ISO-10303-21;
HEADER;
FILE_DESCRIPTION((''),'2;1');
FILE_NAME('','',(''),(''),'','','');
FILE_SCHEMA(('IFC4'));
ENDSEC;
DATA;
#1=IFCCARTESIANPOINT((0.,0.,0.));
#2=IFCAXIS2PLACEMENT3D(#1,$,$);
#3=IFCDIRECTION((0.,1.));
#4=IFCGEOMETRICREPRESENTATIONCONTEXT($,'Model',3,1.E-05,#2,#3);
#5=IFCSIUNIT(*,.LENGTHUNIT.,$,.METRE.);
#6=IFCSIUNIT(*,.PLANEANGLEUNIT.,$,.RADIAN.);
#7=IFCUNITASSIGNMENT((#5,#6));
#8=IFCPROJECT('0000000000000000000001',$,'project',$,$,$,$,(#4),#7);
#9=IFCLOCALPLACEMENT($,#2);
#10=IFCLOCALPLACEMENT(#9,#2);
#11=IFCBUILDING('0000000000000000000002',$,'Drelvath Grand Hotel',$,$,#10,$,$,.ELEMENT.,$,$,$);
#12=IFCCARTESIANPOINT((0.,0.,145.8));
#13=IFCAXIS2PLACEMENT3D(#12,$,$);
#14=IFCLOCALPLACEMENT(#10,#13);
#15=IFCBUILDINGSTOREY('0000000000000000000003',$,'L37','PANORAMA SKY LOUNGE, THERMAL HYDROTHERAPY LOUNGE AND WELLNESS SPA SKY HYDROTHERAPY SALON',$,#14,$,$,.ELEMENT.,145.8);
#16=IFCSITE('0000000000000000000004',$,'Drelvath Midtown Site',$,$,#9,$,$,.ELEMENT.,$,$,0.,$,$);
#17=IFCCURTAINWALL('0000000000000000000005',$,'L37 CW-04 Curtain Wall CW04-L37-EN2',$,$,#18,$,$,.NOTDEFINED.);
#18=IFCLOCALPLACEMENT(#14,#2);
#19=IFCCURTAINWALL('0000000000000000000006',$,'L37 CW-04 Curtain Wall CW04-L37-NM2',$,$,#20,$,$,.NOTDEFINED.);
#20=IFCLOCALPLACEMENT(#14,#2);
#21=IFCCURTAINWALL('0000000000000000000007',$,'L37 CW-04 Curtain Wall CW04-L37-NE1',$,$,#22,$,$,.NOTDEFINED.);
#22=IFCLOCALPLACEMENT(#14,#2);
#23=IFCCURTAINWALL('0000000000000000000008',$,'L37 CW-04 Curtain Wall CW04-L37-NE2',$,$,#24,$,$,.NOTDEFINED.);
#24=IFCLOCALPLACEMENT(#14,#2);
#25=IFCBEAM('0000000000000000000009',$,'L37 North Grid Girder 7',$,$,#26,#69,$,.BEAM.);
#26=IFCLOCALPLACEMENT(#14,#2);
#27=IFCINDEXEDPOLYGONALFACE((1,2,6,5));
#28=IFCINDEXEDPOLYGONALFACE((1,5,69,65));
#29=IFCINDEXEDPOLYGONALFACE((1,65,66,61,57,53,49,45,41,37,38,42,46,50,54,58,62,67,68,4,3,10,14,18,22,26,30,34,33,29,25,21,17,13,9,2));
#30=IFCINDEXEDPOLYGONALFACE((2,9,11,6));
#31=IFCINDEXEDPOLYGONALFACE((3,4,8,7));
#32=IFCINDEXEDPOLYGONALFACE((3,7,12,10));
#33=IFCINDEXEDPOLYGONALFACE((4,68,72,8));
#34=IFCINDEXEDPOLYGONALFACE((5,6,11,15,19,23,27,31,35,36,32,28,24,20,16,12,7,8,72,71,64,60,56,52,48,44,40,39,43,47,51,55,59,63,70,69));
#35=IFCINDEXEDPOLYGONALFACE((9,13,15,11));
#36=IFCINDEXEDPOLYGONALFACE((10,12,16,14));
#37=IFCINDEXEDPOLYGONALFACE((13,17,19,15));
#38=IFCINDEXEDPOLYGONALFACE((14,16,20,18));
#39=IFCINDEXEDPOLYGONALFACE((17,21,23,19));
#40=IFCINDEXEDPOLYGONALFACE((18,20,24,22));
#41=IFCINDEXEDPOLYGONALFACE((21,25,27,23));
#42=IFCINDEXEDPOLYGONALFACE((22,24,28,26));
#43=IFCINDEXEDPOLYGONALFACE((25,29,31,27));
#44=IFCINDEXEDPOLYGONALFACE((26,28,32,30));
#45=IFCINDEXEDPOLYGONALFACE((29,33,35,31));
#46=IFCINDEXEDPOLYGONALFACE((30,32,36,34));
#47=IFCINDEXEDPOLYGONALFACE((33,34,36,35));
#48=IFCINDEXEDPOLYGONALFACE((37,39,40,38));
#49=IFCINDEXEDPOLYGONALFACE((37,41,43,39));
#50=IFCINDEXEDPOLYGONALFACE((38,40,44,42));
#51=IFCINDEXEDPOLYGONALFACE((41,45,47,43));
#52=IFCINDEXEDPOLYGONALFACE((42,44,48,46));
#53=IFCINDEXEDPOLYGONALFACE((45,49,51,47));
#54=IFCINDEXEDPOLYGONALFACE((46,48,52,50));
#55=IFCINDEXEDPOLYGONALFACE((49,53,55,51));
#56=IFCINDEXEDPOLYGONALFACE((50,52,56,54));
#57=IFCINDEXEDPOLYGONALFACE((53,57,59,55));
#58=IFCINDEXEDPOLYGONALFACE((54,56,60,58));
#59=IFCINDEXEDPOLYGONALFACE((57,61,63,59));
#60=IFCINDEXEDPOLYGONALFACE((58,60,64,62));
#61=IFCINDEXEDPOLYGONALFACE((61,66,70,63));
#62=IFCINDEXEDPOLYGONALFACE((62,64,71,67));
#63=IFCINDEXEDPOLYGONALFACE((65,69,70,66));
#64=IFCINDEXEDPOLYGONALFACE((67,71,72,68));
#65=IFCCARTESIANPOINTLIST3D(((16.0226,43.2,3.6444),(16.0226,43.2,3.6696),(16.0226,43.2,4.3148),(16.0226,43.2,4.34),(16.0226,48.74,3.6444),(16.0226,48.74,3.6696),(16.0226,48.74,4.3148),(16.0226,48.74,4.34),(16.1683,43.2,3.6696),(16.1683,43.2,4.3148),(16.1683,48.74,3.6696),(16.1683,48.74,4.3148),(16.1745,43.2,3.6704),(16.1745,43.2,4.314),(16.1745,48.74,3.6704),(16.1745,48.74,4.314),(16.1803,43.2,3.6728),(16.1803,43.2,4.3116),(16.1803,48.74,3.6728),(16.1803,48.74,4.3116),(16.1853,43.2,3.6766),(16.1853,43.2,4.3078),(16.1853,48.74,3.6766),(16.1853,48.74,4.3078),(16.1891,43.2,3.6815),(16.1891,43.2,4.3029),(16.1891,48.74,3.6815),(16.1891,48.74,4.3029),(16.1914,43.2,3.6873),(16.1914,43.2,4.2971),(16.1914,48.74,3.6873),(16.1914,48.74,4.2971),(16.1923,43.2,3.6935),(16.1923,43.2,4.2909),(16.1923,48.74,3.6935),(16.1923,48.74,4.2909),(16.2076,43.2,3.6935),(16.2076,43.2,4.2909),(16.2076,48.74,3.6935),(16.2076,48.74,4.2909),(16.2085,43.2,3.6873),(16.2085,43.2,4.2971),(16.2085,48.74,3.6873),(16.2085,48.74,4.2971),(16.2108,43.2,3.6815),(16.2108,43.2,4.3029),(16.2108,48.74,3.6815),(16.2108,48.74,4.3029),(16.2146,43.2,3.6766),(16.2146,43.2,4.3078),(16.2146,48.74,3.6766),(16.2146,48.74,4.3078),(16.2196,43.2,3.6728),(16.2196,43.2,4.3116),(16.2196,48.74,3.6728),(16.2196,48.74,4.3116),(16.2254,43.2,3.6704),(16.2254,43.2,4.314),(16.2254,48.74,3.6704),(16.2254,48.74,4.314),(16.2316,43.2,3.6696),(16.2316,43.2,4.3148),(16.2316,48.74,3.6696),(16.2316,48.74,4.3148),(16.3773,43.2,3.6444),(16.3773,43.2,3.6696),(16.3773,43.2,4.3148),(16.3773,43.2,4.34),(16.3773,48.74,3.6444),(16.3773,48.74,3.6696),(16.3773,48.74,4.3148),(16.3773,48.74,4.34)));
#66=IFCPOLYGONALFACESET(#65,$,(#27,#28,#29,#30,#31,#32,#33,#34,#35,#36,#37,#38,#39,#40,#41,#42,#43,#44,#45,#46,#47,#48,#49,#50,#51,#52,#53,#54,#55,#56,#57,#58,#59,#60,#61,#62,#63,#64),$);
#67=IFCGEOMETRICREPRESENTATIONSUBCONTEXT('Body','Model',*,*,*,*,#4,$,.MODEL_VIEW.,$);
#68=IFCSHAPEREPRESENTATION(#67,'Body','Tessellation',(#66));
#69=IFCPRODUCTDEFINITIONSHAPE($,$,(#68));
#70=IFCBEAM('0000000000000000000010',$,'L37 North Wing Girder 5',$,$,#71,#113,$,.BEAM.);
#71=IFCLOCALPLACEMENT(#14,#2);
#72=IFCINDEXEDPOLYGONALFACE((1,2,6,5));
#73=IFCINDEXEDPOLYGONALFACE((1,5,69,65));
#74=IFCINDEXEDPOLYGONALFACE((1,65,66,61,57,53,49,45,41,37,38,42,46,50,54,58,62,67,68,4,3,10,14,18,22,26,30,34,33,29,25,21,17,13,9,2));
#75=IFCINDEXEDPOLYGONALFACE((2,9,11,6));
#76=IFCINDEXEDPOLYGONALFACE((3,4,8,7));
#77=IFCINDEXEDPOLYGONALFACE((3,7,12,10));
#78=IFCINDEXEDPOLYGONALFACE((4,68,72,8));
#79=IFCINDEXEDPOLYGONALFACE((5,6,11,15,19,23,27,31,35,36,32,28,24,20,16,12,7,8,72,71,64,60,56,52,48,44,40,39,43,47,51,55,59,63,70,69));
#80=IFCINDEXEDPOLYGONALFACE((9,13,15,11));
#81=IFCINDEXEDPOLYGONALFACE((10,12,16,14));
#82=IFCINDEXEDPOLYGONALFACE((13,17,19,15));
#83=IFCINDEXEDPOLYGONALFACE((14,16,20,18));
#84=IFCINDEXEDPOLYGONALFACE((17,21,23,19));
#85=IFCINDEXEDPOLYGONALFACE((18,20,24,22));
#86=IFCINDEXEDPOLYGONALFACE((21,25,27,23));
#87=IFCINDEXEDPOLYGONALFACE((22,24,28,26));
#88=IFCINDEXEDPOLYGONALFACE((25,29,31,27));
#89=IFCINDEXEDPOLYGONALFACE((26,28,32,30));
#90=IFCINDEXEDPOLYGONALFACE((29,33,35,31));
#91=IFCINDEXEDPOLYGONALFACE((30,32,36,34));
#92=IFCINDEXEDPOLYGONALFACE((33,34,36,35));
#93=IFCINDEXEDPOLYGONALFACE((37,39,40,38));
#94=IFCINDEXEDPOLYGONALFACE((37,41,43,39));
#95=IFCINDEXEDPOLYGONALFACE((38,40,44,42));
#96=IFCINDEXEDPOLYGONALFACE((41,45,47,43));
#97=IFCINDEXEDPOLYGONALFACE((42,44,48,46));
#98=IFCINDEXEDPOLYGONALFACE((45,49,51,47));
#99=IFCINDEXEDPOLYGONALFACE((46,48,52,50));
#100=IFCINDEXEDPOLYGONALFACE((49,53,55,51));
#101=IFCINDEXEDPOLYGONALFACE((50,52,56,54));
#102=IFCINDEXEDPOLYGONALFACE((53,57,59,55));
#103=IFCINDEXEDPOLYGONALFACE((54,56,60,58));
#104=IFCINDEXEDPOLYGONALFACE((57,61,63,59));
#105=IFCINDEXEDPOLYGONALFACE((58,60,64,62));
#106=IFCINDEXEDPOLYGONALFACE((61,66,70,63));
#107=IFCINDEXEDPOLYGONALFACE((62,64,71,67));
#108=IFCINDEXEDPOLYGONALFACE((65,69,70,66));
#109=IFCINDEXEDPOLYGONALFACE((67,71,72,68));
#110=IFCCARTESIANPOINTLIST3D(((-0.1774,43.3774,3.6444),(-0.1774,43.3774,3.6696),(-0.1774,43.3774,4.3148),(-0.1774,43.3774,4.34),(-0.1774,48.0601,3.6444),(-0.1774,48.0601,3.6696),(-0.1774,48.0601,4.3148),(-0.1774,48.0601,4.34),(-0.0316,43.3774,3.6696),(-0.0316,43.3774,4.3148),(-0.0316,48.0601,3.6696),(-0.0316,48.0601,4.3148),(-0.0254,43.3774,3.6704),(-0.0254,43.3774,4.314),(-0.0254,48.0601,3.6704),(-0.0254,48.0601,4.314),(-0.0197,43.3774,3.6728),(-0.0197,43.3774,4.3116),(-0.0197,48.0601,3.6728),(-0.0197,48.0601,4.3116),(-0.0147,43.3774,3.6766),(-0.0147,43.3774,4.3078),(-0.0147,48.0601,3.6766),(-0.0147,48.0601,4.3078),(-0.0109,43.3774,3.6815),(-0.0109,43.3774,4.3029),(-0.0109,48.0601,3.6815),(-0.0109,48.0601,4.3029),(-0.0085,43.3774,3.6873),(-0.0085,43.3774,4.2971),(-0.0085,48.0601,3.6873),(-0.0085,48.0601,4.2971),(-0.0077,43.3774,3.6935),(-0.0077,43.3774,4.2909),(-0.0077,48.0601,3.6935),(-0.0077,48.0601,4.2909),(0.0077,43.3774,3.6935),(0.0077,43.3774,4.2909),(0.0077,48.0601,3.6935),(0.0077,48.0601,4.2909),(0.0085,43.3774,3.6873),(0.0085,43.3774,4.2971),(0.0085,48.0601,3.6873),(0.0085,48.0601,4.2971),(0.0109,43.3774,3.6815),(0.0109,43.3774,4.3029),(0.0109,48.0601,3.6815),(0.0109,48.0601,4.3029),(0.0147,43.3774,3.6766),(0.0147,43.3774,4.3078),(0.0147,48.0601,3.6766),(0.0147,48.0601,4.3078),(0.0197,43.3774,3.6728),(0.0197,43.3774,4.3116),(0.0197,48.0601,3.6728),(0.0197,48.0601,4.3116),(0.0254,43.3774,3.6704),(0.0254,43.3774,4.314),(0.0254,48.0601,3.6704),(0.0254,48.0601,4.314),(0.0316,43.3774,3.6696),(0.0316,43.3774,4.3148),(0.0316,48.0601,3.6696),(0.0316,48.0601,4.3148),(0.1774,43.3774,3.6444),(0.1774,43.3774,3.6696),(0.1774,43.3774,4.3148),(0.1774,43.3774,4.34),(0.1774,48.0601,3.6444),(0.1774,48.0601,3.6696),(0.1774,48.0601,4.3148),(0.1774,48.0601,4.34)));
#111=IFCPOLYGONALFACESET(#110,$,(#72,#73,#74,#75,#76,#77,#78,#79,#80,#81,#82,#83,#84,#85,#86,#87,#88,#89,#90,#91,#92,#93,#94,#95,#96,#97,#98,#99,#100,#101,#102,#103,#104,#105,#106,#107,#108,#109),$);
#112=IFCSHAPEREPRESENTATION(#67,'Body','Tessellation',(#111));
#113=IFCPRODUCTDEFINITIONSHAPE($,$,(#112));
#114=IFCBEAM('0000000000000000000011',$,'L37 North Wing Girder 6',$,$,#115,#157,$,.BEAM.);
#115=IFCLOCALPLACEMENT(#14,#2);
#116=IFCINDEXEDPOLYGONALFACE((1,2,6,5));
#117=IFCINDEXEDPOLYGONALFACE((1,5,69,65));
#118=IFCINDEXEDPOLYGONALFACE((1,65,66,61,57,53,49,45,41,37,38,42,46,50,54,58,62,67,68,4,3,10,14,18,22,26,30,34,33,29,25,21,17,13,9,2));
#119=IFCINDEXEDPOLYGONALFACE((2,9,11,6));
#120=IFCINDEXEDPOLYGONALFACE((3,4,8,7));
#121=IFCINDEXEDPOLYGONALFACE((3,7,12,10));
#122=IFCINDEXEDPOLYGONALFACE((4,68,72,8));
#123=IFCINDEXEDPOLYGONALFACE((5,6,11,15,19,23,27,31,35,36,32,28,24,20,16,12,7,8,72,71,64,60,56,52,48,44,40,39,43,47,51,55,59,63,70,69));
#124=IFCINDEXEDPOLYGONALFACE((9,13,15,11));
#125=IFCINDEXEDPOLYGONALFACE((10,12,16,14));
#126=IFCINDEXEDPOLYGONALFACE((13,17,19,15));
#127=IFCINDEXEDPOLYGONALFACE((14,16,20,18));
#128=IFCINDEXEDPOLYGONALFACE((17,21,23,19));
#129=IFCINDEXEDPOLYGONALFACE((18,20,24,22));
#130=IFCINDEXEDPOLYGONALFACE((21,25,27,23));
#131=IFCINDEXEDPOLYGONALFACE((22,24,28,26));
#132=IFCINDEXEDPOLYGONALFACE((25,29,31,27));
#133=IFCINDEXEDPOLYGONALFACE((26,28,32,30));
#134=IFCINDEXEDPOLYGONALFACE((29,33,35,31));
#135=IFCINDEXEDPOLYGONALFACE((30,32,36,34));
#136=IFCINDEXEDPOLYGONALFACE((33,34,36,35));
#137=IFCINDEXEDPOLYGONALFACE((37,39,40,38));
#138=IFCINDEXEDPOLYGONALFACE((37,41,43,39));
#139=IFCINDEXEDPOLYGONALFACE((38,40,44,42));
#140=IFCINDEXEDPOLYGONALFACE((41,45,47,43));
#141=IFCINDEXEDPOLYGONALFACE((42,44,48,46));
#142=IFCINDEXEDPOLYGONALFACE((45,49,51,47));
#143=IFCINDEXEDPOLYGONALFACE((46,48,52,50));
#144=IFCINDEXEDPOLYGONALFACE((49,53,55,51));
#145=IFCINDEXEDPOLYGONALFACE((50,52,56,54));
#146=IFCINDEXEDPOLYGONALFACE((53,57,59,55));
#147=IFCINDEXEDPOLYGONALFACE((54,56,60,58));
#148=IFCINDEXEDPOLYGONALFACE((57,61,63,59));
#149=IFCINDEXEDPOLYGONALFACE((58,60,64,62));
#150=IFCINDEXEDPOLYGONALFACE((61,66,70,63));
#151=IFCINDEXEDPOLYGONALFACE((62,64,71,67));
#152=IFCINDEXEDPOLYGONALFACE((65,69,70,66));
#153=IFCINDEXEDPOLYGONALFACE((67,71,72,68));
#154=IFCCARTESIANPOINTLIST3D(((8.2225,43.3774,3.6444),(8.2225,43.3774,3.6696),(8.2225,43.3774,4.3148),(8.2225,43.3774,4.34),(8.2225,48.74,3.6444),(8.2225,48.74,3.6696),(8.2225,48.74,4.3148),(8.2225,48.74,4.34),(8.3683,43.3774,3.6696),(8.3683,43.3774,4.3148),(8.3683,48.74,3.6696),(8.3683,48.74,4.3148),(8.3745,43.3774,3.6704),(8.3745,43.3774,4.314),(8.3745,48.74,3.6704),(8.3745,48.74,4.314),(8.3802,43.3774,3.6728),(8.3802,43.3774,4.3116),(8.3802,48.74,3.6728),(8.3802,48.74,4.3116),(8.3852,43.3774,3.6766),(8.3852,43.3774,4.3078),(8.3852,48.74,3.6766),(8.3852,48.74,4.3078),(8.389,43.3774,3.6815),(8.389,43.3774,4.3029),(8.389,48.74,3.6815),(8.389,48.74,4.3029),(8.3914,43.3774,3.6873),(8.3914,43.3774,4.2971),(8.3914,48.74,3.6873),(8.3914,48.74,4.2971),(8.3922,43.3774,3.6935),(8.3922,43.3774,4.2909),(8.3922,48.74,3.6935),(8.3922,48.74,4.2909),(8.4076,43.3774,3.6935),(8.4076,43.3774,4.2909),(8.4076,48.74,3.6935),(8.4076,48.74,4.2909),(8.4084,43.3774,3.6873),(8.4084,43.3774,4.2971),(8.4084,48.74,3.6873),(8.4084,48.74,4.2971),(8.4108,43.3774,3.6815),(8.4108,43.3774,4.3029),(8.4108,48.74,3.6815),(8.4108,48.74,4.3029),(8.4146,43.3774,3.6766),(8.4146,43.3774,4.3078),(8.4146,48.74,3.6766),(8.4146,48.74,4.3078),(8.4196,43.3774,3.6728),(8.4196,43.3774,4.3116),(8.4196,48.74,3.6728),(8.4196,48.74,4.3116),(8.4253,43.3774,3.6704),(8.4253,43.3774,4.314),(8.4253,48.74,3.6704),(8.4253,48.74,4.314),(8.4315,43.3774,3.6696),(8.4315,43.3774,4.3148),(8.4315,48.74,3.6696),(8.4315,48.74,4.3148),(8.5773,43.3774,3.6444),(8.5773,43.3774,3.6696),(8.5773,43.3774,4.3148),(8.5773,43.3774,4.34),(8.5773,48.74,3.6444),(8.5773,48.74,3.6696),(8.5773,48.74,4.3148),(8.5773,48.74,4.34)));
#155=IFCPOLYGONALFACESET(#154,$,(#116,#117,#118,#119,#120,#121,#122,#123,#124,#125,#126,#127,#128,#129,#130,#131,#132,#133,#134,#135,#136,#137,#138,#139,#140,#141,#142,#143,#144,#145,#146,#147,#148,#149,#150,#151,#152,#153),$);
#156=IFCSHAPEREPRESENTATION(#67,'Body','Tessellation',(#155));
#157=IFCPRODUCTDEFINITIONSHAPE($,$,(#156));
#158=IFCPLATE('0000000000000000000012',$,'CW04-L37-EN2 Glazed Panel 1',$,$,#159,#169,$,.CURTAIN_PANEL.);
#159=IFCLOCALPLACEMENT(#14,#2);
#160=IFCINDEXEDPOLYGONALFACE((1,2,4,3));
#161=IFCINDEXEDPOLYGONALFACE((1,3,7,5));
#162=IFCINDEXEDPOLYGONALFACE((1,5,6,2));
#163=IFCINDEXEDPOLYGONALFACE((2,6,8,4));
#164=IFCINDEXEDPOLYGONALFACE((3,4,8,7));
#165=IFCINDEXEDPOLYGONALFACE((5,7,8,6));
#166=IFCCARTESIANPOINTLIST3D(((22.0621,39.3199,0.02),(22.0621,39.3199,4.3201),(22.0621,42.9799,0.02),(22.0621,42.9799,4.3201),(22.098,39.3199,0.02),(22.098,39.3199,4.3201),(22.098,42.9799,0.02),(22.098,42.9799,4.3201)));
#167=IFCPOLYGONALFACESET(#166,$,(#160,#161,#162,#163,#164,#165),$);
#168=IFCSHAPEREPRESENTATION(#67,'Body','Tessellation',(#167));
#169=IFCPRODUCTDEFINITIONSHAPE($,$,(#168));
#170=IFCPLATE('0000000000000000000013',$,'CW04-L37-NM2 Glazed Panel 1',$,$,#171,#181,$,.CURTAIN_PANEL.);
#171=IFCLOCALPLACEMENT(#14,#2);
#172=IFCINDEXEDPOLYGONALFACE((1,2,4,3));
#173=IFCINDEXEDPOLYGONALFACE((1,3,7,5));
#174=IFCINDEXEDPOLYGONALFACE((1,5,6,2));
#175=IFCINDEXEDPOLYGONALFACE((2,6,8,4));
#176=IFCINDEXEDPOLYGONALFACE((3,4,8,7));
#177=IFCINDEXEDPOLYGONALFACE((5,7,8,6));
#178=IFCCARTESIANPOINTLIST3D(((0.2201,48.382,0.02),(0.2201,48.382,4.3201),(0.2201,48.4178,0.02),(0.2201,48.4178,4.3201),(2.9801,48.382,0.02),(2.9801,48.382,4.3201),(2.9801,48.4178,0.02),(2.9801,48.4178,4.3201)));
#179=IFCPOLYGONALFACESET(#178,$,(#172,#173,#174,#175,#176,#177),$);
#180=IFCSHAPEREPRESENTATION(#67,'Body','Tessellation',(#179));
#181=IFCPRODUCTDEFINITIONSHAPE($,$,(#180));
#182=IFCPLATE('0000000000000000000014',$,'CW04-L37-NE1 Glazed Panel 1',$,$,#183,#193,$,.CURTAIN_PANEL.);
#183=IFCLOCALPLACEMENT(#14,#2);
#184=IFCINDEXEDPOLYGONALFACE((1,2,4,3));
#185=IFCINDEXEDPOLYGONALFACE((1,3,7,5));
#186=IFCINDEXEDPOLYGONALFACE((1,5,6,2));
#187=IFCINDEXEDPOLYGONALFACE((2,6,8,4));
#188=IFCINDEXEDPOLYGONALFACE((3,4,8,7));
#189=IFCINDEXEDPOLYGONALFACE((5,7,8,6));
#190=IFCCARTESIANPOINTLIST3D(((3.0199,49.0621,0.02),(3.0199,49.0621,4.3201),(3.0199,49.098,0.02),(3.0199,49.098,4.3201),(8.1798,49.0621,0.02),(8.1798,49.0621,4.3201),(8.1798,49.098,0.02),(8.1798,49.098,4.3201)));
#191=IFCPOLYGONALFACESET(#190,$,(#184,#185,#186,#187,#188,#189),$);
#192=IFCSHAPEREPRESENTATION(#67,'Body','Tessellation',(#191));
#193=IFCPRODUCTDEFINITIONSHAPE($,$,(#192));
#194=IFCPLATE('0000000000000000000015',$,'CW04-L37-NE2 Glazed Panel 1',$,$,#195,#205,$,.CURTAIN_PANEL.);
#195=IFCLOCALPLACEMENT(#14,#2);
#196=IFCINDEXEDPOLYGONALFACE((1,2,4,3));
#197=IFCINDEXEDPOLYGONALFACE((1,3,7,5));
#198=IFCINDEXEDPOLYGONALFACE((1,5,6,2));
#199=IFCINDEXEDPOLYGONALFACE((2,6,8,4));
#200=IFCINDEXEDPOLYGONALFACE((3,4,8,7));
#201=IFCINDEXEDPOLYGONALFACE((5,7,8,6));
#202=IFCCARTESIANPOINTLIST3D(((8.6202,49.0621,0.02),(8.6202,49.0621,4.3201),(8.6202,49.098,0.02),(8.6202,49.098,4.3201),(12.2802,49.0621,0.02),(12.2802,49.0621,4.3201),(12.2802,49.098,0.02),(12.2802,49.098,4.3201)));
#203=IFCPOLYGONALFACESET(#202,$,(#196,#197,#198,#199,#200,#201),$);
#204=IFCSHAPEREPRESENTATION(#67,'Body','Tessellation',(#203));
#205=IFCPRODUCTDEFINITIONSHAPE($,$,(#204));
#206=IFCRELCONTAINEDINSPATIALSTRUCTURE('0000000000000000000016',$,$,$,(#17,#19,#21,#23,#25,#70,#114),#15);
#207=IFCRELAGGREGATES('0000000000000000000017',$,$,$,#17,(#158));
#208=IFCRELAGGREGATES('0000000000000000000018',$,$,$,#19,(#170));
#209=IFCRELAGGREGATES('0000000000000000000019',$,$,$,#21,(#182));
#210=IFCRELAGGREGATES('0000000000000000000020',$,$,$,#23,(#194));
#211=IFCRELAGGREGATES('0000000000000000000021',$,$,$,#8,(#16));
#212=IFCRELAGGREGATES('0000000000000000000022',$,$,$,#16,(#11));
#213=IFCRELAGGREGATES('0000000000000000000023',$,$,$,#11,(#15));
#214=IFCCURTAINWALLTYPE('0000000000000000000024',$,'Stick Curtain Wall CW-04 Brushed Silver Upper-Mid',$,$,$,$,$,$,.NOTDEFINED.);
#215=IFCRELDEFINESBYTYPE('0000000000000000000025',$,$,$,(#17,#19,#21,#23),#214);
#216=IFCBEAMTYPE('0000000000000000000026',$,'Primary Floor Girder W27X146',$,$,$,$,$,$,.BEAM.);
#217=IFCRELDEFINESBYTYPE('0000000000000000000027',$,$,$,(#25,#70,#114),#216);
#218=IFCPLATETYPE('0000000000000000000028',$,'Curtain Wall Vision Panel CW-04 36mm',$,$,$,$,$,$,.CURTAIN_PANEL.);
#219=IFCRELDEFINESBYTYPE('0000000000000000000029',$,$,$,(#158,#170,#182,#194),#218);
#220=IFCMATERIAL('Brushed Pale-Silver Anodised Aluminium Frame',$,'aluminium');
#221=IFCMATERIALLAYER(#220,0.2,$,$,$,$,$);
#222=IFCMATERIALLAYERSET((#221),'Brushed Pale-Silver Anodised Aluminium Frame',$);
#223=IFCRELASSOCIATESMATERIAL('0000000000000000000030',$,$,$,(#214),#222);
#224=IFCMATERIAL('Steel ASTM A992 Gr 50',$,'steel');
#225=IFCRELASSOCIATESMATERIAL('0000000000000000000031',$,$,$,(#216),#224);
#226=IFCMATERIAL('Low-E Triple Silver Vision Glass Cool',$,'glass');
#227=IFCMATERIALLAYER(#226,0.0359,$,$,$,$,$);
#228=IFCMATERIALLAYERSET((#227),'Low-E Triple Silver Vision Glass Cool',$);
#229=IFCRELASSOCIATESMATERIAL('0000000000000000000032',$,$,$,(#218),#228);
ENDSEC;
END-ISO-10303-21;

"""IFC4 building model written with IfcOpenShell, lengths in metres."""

from ifc_helpers import new_model, si_unit, direction, frame, origin, origin_2d, place, context, subcontext, project, spatial, rectangle, i_section, extrude, material, layer, layer_set, material_profile, profile_set, type_object, element, aggregate, save


model = new_model("IFC4")

# Units and contexts
model_context = context("Model", 3, precision=1e-05, world=origin(), true_north=direction((0.0, 1.0)))
body_context = subcontext(model_context, "Body", "Model", "MODEL_VIEW")
ifc_project = project(units=[si_unit("LENGTHUNIT", "METRE"), si_unit("PLANEANGLEUNIT", "RADIAN")], contexts=[model_context])

# Site, building, storey
site_placement = place(None, origin())
site = spatial("IfcSite", under=ifc_project, at=site_placement, Name="Drelvath Midtown Site", CompositionType="ELEMENT", RefElevation=0.0)
building_placement = place(site_placement, origin())
building = spatial("IfcBuilding", under=site, at=building_placement, Name="Drelvath Grand Hotel", CompositionType="ELEMENT")
storey_placement = place(building_placement, frame((0.0, 0.0, 145.8)))
storey = spatial("IfcBuildingStorey", under=building, at=storey_placement, Name="L37", Description="PANORAMA SKY LOUNGE, THERMAL HYDROTHERAPY LOUNGE AND WELLNESS SPA SKY HYDROTHERAPY SALON", CompositionType="ELEMENT", Elevation=145.8)

# Curtain walls
ifc_material_1 = material(Name="Brushed Pale-Silver Anodised Aluminium Frame", Category="aluminium")
ifc_layer_1 = layer(ifc_material_1, 0.2)
ifc_layer_set_1 = layer_set([ifc_layer_1], Name="Brushed Pale-Silver Anodised Aluminium Frame")
curtain_wall_type = type_object("IfcCurtainWallType", Name="Stick Curtain Wall CW-04 Brushed Silver Upper-Mid", PredefinedType="NOTDEFINED", material=ifc_layer_set_1)
curtain_wall_1_placement = place(storey_placement, origin())
curtain_wall_1 = element("IfcCurtainWall", 1, at=curtain_wall_1_placement, inside=storey, type_object=curtain_wall_type, Name="L37 CW-04 Curtain Wall CW04-L37-EN2", PredefinedType="NOTDEFINED")
curtain_wall_2_placement = place(storey_placement, origin())
curtain_wall_2 = element("IfcCurtainWall", 2, at=curtain_wall_2_placement, inside=storey, type_object=curtain_wall_type, Name="L37 CW-04 Curtain Wall CW04-L37-NM2", PredefinedType="NOTDEFINED")
curtain_wall_3_placement = place(storey_placement, origin())
curtain_wall_3 = element("IfcCurtainWall", 3, at=curtain_wall_3_placement, inside=storey, type_object=curtain_wall_type, Name="L37 CW-04 Curtain Wall CW04-L37-NE1", PredefinedType="NOTDEFINED")
curtain_wall_4_placement = place(storey_placement, origin())
curtain_wall_4 = element("IfcCurtainWall", 4, at=curtain_wall_4_placement, inside=storey, type_object=curtain_wall_type, Name="L37 CW-04 Curtain Wall CW04-L37-NE2", PredefinedType="NOTDEFINED")

# Beams
ifc_material_2 = material(Name="Steel ASTM A992 Gr 50", Category="steel")
ifc_material_profile_1 = material_profile(ifc_material_2, i_section(OverallWidth=0.3547, OverallDepth=0.6956, WebThickness=0.0154, FlangeThickness=0.0251, FilletRadius=0.0239, at=origin_2d()), Name="W27X146")
ifc_profile_set_1 = profile_set([ifc_material_profile_1], Name="Steel ASTM A992 Gr 50")
beam_type_1 = type_object("IfcBeamType", Name="Primary Floor Girder W27X146", PredefinedType="BEAM", material=ifc_profile_set_1)
for number, where, z_axis, x_axis, name in (
    (5, (16.2, 43.2, 3.9922), (0.0, 1.0, 0.0), (-1.0, 0.0, 0.0), "L37 North Grid Girder 7"),
):
    element("IfcBeam", number, at=place(storey_placement, frame(where, z_axis=z_axis, x_axis=x_axis)), inside=storey, type_object=beam_type_1, Name=name, PredefinedType="BEAM", context=body_context, shape_type="SweptSolid", body=[
        extrude(i_section(OverallWidth=0.3547, OverallDepth=0.6956, WebThickness=0.0154, FlangeThickness=0.0251, FilletRadius=0.0239, at=origin_2d()), origin(), (0.0, 0.0, 1.0), 5.54),
    ])
beam_1_placement = place(storey_placement, frame((0.0, 43.3774, 3.9922), z_axis=(0.0, 1.0, 0.0), x_axis=(-1.0, 0.0, 0.0)))
element("IfcBeam", 6, at=beam_1_placement, inside=storey, type_object=beam_type_1, Name="L37 North Wing Girder 5", PredefinedType="BEAM", context=body_context, shape_type="SweptSolid", body=[
    extrude(i_section(OverallWidth=0.3547, OverallDepth=0.6956, WebThickness=0.0154, FlangeThickness=0.0251, FilletRadius=0.0239, at=origin_2d()), origin(), (0.0, 0.0, 1.0), 4.6826),
])
beam_2_placement = place(storey_placement, frame((8.3999, 43.3774, 3.9922), z_axis=(0.0, 1.0, 0.0), x_axis=(-1.0, 0.0, 0.0)))
element("IfcBeam", 7, at=beam_2_placement, inside=storey, type_object=beam_type_1, Name="L37 North Wing Girder 6", PredefinedType="BEAM", context=body_context, shape_type="SweptSolid", body=[
    extrude(i_section(OverallWidth=0.3547, OverallDepth=0.6956, WebThickness=0.0154, FlangeThickness=0.0251, FilletRadius=0.0239, at=origin_2d()), origin(), (0.0, 0.0, 1.0), 5.3625),
])

# Plates
ifc_material_3 = material(Name="Low-E Triple Silver Vision Glass Cool", Category="glass")
ifc_layer_2 = layer(ifc_material_3, 0.0359)
ifc_layer_set_2 = layer_set([ifc_layer_2], Name="Low-E Triple Silver Vision Glass Cool")
plate_type = type_object("IfcPlateType", Name="Curtain Wall Vision Panel CW-04 36mm", PredefinedType="CURTAIN_PANEL", material=ifc_layer_set_2)
plate_1_placement = place(storey_placement, frame((22.0801, 41.1499, 0.02), z_axis=(0.0, 0.0, 1.0), x_axis=(0.0, -1.0, 0.0)))
plate_1 = element("IfcPlate", 8, at=plate_1_placement, type_object=plate_type, Name="CW04-L37-EN2 Glazed Panel 1", PredefinedType="CURTAIN_PANEL", context=body_context, shape_type="SweptSolid", body=[
    extrude(rectangle(XDim=3.6599, YDim=0.0359, at=origin_2d()), origin(), (0.0, 0.0, 1.0), 4.3),
])
aggregate(curtain_wall_1, [plate_1])
plate_2_placement = place(storey_placement, frame((1.6001, 48.3999, 0.02), z_axis=(0.0, 0.0, 1.0), x_axis=(1.0, 0.0, 0.0)))
plate_2 = element("IfcPlate", 9, at=plate_2_placement, type_object=plate_type, Name="CW04-L37-NM2 Glazed Panel 1", PredefinedType="CURTAIN_PANEL", context=body_context, shape_type="SweptSolid", body=[
    extrude(rectangle(XDim=2.76, YDim=0.0359, at=origin_2d()), origin(), (0.0, 0.0, 1.0), 4.3),
])
aggregate(curtain_wall_2, [plate_2])
plate_3_placement = place(storey_placement, frame((5.5999, 49.0801, 0.02), z_axis=(0.0, 0.0, 1.0), x_axis=(1.0, 0.0, 0.0)))
plate_3 = element("IfcPlate", 10, at=plate_3_placement, type_object=plate_type, Name="CW04-L37-NE1 Glazed Panel 1", PredefinedType="CURTAIN_PANEL", context=body_context, shape_type="SweptSolid", body=[
    extrude(rectangle(XDim=5.1599, YDim=0.0359, at=origin_2d()), origin(), (0.0, 0.0, 1.0), 4.3),
])
aggregate(curtain_wall_3, [plate_3])
plate_4_placement = place(storey_placement, frame((10.4502, 49.0801, 0.02), z_axis=(0.0, 0.0, 1.0), x_axis=(1.0, 0.0, 0.0)))
plate_4 = element("IfcPlate", 11, at=plate_4_placement, type_object=plate_type, Name="CW04-L37-NE2 Glazed Panel 1", PredefinedType="CURTAIN_PANEL", context=body_context, shape_type="SweptSolid", body=[
    extrude(rectangle(XDim=3.6599, YDim=0.0359, at=origin_2d()), origin(), (0.0, 0.0, 1.0), 4.3),
])
aggregate(curtain_wall_4, [plate_4])

save(model, "model.ifc")
